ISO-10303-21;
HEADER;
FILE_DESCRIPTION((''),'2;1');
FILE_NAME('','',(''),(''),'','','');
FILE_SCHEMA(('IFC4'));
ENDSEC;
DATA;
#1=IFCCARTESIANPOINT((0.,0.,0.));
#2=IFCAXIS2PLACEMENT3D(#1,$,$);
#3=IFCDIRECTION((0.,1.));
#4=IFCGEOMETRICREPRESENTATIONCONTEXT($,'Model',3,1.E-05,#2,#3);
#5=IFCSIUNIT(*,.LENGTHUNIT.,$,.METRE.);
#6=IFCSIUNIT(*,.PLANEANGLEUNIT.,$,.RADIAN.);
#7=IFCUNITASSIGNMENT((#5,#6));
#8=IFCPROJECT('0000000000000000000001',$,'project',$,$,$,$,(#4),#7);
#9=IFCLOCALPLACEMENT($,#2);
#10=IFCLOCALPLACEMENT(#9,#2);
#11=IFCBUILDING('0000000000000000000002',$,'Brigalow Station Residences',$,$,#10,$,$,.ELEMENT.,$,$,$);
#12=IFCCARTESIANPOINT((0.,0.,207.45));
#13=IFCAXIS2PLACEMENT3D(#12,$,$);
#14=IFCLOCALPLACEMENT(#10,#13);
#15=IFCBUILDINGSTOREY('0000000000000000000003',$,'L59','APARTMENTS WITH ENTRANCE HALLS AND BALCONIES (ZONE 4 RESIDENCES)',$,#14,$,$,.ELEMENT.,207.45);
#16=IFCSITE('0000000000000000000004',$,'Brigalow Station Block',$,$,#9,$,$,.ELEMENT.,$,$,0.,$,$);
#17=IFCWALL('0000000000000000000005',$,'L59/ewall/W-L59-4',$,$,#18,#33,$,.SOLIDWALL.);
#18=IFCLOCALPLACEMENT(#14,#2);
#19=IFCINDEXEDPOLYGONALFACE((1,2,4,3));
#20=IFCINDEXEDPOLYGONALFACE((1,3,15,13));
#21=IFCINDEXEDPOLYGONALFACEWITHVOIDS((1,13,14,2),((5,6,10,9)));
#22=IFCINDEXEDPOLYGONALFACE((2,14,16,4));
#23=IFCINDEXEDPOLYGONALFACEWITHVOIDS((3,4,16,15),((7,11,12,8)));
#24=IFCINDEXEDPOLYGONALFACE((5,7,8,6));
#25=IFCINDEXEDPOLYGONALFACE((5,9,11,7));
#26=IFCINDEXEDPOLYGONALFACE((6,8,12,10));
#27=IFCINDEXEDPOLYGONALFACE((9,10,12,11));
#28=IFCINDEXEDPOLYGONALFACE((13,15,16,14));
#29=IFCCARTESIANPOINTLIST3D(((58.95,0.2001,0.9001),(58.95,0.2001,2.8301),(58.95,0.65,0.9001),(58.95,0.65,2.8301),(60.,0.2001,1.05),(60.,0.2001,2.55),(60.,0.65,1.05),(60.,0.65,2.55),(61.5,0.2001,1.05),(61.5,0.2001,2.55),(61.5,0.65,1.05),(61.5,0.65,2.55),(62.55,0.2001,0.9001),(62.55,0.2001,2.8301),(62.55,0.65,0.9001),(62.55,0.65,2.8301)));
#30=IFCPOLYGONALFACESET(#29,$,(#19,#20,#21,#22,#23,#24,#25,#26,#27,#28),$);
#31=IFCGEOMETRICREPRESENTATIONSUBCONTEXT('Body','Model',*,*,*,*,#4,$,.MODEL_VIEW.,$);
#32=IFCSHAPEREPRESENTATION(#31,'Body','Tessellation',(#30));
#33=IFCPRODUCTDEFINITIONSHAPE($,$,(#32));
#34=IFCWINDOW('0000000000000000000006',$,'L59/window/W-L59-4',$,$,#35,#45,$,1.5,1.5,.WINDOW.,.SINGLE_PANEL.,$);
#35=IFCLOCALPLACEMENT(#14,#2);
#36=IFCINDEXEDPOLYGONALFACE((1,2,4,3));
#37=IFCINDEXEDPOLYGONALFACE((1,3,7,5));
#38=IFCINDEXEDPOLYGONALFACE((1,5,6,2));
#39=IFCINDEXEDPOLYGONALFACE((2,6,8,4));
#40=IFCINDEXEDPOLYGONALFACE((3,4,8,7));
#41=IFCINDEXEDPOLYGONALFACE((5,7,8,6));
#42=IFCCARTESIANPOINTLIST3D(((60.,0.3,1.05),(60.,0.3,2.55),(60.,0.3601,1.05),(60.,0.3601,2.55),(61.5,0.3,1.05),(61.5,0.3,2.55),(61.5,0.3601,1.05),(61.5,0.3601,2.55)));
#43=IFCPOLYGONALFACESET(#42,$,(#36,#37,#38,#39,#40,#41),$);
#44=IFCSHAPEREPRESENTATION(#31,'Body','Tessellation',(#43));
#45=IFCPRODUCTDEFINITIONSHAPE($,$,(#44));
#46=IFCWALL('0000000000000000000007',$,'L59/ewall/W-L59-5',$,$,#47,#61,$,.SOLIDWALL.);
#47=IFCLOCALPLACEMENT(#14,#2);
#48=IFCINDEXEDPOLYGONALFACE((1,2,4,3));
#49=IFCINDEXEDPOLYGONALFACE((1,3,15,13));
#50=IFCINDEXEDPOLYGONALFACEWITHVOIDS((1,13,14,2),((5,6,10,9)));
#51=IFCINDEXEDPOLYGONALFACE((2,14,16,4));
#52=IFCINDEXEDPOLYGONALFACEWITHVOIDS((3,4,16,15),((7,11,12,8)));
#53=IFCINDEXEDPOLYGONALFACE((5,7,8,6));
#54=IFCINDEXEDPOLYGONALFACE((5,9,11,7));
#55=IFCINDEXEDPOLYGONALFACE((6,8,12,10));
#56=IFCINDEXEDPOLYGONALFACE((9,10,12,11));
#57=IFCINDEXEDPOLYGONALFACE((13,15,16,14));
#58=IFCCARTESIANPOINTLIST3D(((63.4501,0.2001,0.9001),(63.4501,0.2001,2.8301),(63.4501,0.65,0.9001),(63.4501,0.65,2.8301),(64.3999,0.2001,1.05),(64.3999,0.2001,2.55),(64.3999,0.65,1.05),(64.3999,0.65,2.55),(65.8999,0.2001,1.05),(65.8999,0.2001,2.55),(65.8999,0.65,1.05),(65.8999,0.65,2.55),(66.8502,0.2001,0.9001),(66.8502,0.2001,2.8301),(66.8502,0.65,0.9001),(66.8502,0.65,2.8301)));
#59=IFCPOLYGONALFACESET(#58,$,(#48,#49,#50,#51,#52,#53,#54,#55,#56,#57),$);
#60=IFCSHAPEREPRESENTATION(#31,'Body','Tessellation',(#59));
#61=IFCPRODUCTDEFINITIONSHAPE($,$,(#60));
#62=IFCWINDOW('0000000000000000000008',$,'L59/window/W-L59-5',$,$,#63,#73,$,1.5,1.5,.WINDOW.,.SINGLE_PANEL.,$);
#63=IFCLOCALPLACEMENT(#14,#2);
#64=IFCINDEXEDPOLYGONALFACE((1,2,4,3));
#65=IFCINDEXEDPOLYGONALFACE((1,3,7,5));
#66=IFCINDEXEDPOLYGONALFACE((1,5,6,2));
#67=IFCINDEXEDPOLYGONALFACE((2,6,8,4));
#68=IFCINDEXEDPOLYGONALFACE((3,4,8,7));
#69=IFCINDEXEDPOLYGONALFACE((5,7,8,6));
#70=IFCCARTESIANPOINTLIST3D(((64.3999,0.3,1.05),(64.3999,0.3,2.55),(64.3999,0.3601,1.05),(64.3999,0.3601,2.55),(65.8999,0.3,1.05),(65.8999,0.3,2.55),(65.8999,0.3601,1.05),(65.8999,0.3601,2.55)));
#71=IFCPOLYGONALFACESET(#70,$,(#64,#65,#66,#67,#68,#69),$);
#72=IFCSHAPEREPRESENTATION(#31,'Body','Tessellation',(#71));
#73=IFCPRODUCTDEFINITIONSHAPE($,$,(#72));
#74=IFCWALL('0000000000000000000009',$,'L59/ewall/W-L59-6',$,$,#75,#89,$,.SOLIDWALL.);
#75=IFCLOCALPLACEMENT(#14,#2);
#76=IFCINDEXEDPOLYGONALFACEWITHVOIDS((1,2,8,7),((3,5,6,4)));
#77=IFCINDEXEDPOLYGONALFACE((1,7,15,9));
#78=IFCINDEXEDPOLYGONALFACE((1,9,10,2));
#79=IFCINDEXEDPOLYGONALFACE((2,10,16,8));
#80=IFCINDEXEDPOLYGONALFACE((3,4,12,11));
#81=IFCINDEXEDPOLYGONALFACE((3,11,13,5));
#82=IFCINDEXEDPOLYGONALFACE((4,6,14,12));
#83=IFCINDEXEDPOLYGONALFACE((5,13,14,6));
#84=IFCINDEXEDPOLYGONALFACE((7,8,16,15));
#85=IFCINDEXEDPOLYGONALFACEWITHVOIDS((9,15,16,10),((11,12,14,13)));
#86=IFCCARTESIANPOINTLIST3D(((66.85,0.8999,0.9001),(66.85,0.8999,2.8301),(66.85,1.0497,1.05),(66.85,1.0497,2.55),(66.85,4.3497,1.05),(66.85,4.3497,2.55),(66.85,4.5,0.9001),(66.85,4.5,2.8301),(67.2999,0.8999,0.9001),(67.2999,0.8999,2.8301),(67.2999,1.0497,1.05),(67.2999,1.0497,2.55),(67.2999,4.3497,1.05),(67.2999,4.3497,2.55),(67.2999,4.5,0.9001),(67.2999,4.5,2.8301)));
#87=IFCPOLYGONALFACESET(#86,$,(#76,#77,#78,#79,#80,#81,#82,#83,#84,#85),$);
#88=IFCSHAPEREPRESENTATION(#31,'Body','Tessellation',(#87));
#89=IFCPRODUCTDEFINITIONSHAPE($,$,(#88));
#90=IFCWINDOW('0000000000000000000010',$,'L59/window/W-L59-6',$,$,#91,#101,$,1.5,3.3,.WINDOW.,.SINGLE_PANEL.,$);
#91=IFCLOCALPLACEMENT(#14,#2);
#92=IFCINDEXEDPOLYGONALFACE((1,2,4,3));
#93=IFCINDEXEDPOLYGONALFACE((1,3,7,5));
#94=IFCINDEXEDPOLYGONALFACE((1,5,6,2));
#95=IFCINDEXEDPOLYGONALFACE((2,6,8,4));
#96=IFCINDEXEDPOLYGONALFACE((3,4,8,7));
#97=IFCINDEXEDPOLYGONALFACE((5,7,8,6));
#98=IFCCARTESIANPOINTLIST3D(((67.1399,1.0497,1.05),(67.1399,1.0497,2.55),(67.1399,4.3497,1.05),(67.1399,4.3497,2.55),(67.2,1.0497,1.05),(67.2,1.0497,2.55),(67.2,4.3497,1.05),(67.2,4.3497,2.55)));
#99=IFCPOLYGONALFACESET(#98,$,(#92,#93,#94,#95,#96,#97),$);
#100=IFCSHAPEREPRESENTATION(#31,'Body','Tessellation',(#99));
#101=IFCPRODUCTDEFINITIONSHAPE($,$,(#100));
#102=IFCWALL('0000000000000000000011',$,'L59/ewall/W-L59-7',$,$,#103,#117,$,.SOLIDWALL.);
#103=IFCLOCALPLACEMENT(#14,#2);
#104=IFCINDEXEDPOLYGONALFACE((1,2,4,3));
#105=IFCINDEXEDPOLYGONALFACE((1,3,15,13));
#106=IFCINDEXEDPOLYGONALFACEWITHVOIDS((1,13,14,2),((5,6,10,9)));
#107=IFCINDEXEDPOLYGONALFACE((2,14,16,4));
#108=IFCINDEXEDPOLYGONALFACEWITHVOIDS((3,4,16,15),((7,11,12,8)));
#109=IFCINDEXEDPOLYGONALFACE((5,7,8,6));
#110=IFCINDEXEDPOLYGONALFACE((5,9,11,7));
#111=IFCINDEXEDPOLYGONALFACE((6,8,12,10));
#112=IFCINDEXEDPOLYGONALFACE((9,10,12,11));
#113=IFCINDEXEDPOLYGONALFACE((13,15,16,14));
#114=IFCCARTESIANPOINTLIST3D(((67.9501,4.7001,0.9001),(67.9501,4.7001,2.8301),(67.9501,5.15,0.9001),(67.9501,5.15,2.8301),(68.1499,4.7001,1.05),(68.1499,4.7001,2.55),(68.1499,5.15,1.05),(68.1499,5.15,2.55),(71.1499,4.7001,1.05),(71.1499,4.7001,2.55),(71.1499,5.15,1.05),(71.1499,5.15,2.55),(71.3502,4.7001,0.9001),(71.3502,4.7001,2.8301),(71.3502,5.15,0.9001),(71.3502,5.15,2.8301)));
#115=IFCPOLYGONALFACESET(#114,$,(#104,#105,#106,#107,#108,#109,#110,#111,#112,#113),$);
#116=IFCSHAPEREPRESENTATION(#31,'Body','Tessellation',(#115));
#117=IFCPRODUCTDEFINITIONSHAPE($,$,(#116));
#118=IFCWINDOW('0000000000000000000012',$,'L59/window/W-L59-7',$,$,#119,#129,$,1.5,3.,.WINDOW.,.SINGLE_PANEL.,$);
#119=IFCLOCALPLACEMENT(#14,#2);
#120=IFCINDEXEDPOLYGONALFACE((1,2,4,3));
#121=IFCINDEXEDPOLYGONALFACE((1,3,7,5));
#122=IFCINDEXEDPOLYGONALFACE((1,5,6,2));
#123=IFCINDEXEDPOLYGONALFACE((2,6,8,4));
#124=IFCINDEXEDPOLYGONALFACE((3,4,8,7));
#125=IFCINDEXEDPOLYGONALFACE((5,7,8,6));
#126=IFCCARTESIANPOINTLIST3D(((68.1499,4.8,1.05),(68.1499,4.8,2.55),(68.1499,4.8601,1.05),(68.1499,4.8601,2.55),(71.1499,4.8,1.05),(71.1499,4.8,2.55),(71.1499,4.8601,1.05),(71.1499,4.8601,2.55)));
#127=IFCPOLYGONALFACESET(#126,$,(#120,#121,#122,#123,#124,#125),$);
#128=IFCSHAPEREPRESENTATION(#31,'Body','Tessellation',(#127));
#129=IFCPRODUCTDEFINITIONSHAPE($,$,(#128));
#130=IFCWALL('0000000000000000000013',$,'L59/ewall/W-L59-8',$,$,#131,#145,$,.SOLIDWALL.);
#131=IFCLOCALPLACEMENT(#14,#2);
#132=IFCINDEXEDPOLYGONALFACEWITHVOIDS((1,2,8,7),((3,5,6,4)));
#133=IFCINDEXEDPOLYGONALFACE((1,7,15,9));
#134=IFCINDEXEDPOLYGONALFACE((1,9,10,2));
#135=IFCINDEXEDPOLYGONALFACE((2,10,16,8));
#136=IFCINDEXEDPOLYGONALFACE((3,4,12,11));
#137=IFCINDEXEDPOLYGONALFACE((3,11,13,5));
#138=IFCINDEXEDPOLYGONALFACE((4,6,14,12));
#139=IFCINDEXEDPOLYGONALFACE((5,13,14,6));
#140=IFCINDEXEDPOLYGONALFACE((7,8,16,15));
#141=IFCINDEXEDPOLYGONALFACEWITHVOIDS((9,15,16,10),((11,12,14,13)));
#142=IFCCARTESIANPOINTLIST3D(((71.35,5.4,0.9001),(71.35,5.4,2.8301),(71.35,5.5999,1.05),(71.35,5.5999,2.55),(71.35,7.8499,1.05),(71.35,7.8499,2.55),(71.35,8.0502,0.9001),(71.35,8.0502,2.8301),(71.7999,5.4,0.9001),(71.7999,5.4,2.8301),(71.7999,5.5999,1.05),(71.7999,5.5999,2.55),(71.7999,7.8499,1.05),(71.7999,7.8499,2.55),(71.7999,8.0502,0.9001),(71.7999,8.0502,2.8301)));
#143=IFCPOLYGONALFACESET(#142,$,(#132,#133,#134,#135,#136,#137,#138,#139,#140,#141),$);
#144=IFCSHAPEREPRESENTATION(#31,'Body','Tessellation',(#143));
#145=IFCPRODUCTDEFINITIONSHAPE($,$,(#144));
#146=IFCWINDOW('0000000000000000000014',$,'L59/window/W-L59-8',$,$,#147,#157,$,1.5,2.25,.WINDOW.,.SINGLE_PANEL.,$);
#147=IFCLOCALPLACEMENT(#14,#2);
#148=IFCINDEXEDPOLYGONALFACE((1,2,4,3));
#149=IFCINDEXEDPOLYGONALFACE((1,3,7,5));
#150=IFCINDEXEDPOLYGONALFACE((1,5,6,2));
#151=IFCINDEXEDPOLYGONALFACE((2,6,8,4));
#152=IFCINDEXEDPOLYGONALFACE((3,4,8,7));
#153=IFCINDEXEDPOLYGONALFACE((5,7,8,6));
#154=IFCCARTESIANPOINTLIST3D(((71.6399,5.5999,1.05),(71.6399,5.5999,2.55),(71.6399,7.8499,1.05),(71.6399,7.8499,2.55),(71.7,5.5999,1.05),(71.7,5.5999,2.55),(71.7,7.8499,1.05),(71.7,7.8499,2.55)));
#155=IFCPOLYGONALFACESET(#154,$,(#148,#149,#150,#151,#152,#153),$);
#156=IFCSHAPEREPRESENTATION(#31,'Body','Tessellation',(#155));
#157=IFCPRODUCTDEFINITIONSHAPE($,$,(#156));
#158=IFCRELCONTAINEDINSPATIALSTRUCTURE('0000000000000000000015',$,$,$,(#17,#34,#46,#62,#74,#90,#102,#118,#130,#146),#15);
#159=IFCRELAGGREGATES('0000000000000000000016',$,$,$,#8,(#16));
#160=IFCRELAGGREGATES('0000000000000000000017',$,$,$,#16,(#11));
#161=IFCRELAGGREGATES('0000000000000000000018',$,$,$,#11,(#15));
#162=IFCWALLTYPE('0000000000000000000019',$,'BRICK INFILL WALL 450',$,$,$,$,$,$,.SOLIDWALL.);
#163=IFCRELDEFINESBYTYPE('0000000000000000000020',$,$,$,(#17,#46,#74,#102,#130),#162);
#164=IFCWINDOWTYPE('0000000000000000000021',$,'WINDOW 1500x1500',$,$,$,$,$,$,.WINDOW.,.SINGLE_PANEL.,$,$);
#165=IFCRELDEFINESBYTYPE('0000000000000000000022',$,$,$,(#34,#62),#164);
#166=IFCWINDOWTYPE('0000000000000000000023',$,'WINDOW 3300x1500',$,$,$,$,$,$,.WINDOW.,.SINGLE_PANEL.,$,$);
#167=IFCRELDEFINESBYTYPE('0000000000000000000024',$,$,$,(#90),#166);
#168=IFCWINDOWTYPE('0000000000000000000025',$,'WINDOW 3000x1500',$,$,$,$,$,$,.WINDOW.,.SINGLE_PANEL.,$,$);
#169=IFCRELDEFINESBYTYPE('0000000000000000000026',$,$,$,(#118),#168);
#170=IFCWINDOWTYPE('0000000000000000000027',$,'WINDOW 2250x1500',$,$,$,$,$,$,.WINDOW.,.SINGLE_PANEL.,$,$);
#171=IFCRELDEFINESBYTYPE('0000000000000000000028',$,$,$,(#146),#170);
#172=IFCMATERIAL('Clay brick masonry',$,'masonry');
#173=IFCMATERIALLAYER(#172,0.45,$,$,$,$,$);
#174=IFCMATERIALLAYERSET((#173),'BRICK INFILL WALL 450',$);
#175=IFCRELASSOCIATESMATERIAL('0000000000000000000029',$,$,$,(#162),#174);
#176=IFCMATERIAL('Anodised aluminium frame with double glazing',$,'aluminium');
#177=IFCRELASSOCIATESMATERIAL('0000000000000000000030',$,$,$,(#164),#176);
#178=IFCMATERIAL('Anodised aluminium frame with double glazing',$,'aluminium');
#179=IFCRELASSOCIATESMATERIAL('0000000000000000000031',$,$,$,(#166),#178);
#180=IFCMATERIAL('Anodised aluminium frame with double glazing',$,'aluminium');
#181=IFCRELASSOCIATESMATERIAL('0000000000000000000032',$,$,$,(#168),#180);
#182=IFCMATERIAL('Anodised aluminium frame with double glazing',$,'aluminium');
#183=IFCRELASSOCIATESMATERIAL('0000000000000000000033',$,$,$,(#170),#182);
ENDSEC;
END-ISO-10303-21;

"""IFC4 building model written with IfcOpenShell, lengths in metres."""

from ifc_helpers import new_model, si_unit, direction, frame, frame_2d, origin, place, context, subcontext, project, spatial, rectangle, extrude, material, layer, layer_set, type_object, element, fill, save


model = new_model("IFC4")

# Units and contexts
model_context = context("Model", 3, precision=1e-05, world=origin(), true_north=direction((0.0, 1.0)))
body_context = subcontext(model_context, "Body", "Model", "MODEL_VIEW")
ifc_project = project(units=[si_unit("LENGTHUNIT", "METRE"), si_unit("PLANEANGLEUNIT", "RADIAN")], contexts=[model_context])

# Site, building, storey
site_placement = place(None, origin())
site = spatial("IfcSite", under=ifc_project, at=site_placement, Name="Brigalow Station Block", CompositionType="ELEMENT", RefElevation=0.0)
building_placement = place(site_placement, origin())
building = spatial("IfcBuilding", under=site, at=building_placement, Name="Brigalow Station Residences", CompositionType="ELEMENT")
storey_placement = place(building_placement, frame((0.0, 0.0, 207.45)))
storey = spatial("IfcBuildingStorey", under=building, at=storey_placement, Name="L59", Description="APARTMENTS WITH ENTRANCE HALLS AND BALCONIES (ZONE 4 RESIDENCES)", CompositionType="ELEMENT", Elevation=207.45)

# Walls, openings, windows
ifc_material_1 = material(Name="Clay brick masonry", Category="masonry")
ifc_layer_1 = layer(ifc_material_1, 0.45)
ifc_layer_set_1 = layer_set([ifc_layer_1], Name="BRICK INFILL WALL 450")
wall_type_1 = type_object("IfcWallType", Name="BRICK INFILL WALL 450", PredefinedType="SOLIDWALL", material=ifc_layer_set_1)
ifc_material_2 = material(Name="Anodised aluminium frame with double glazing", Category="aluminium")
window_type_1 = type_object("IfcWindowType", Name="WINDOW 1500x1500", PartitioningType="SINGLE_PANEL", PredefinedType="WINDOW", material=ifc_material_2)
wall_1_placement = place(storey_placement, frame((58.95, 0.425, 0.9001), z_axis=(0.0, 0.0, 1.0), x_axis=(1.0, 0.0, 0.0)))
wall_1 = element("IfcWall", 1, at=wall_1_placement, inside=storey, type_object=wall_type_1, Name="L59/ewall/W-L59-4", PredefinedType="SOLIDWALL", context=body_context, shape_type="SweptSolid", body=[
    extrude(rectangle(XDim=3.6001, YDim=0.45, at=frame_2d((1.8, 0.0))), origin(), (0.0, 0.0, 1.0), 1.9299),
])
opening_1_placement = place(wall_1_placement, frame((1.05, 0.0, 0.1499)))
opening_1 = element("IfcOpeningElement", 2, at=opening_1_placement, cuts=wall_1, PredefinedType="OPENING", context=body_context, shape_type="SweptSolid", body=[
    extrude(rectangle(XDim=1.5, YDim=1.5, at=frame_2d((0.75, 0.75))), frame((0.0, 0.2349, 0.0), z_axis=(0.0, -1.0, 0.0), x_axis=(1.0, 0.0, 0.0)), (0.0, 0.0, 1.0), 0.47),
])
window_1_placement = place(opening_1_placement, origin())
window_1 = element("IfcWindow", 3, at=window_1_placement, inside=storey, type_object=window_type_1, Name="L59/window/W-L59-4", OverallHeight=1.5, OverallWidth=1.5, PartitioningType="SINGLE_PANEL", PredefinedType="WINDOW", context=body_context, shape_type="SweptSolid", body=[
    extrude(rectangle(XDim=1.5, YDim=1.5, at=frame_2d((0.75, 0.75))), frame((0.0, -0.0649, 0.0), z_axis=(0.0, -1.0, 0.0), x_axis=(1.0, 0.0, 0.0)), (0.0, 0.0, 1.0), 0.0601),
])
fill(opening_1, window_1)
wall_2_placement = place(storey_placement, frame((63.45, 0.425, 0.9001), z_axis=(0.0, 0.0, 1.0), x_axis=(1.0, 0.0, 0.0)))
wall_2 = element("IfcWall", 4, at=wall_2_placement, inside=storey, type_object=wall_type_1, Name="L59/ewall/W-L59-5", PredefinedType="SOLIDWALL", context=body_context, shape_type="SweptSolid", body=[
    extrude(rectangle(XDim=3.4001, YDim=0.45, at=frame_2d((1.7002, 0.0))), origin(), (0.0, 0.0, 1.0), 1.9299),
])
opening_2_placement = place(wall_2_placement, frame((0.95, 0.0, 0.1499)))
opening_2 = element("IfcOpeningElement", 5, at=opening_2_placement, cuts=wall_2, PredefinedType="OPENING", context=body_context, shape_type="SweptSolid", body=[
    extrude(rectangle(XDim=1.5, YDim=1.5, at=frame_2d((0.75, 0.75))), frame((0.0, 0.2349, 0.0), z_axis=(0.0, -1.0, 0.0), x_axis=(1.0, 0.0, 0.0)), (0.0, 0.0, 1.0), 0.47),
])
window_2_placement = place(opening_2_placement, origin())
window_2 = element("IfcWindow", 6, at=window_2_placement, inside=storey, type_object=window_type_1, Name="L59/window/W-L59-5", OverallHeight=1.5, OverallWidth=1.5, PartitioningType="SINGLE_PANEL", PredefinedType="WINDOW", context=body_context, shape_type="SweptSolid", body=[
    extrude(rectangle(XDim=1.5, YDim=1.5, at=frame_2d((0.75, 0.75))), frame((0.0, -0.0649, 0.0), z_axis=(0.0, -1.0, 0.0), x_axis=(1.0, 0.0, 0.0)), (0.0, 0.0, 1.0), 0.0601),
])
fill(opening_2, window_2)
wall_3_placement = place(storey_placement, frame((67.075, 0.8999, 0.9001), z_axis=(0.0, 0.0, 1.0), x_axis=(0.0, 1.0, 0.0)))
wall_3 = element("IfcWall", 7, at=wall_3_placement, inside=storey, type_object=wall_type_1, Name="L59/ewall/W-L59-6", PredefinedType="SOLIDWALL", context=body_context, shape_type="SweptSolid", body=[
    extrude(rectangle(XDim=3.6001, YDim=0.45, at=frame_2d((1.8, 0.0))), origin(), (0.0, 0.0, 1.0), 1.9299),
])
opening_3_placement = place(wall_3_placement, frame((0.1499, 0.0, 0.1499)))
opening_3 = element("IfcOpeningElement", 8, at=opening_3_placement, cuts=wall_3, PredefinedType="OPENING", context=body_context, shape_type="SweptSolid", body=[
    extrude(rectangle(XDim=3.3, YDim=1.5, at=frame_2d((1.6499, 0.75))), frame((0.0, 0.2349, 0.0), z_axis=(0.0, -1.0, 0.0), x_axis=(1.0, 0.0, 0.0)), (0.0, 0.0, 1.0), 0.47),
])
ifc_material_3 = material(Name="Anodised aluminium frame with double glazing", Category="aluminium")
window_type_2 = type_object("IfcWindowType", Name="WINDOW 3300x1500", PartitioningType="SINGLE_PANEL", PredefinedType="WINDOW", material=ifc_material_3)
window_3_placement = place(opening_3_placement, origin())
window_3 = element("IfcWindow", 9, at=window_3_placement, inside=storey, type_object=window_type_2, Name="L59/window/W-L59-6", OverallHeight=1.5, OverallWidth=3.3, PartitioningType="SINGLE_PANEL", PredefinedType="WINDOW", context=body_context, shape_type="SweptSolid", body=[
    extrude(rectangle(XDim=3.3, YDim=1.5, at=frame_2d((1.6499, 0.75))), frame((0.0, -0.0649, 0.0), z_axis=(0.0, -1.0, 0.0), x_axis=(1.0, 0.0, 0.0)), (0.0, 0.0, 1.0), 0.0601),
])
fill(opening_3, window_3)
wall_4_placement = place(storey_placement, frame((67.95, 4.925, 0.9001), z_axis=(0.0, 0.0, 1.0), x_axis=(1.0, 0.0, 0.0)))
wall_4 = element("IfcWall", 10, at=wall_4_placement, inside=storey, type_object=wall_type_1, Name="L59/ewall/W-L59-7", PredefinedType="SOLIDWALL", context=body_context, shape_type="SweptSolid", body=[
    extrude(rectangle(XDim=3.4001, YDim=0.45, at=frame_2d((1.7002, 0.0))), origin(), (0.0, 0.0, 1.0), 1.9299),
])
opening_4_placement = place(wall_4_placement, frame((0.2, 0.0, 0.1499)))
opening_4 = element("IfcOpeningElement", 11, at=opening_4_placement, cuts=wall_4, PredefinedType="OPENING", context=body_context, shape_type="SweptSolid", body=[
    extrude(rectangle(XDim=3.0, YDim=1.5, at=frame_2d((1.5, 0.75))), frame((0.0, 0.2349, 0.0), z_axis=(0.0, -1.0, 0.0), x_axis=(1.0, 0.0, 0.0)), (0.0, 0.0, 1.0), 0.47),
])
ifc_material_4 = material(Name="Anodised aluminium frame with double glazing", Category="aluminium")
window_type_3 = type_object("IfcWindowType", Name="WINDOW 3000x1500", PartitioningType="SINGLE_PANEL", PredefinedType="WINDOW", material=ifc_material_4)
window_4_placement = place(opening_4_placement, origin())
window_4 = element("IfcWindow", 12, at=window_4_placement, inside=storey, type_object=window_type_3, Name="L59/window/W-L59-7", OverallHeight=1.5, OverallWidth=3.0, PartitioningType="SINGLE_PANEL", PredefinedType="WINDOW", context=body_context, shape_type="SweptSolid", body=[
    extrude(rectangle(XDim=3.0, YDim=1.5, at=frame_2d((1.5, 0.75))), frame((0.0, -0.0649, 0.0), z_axis=(0.0, -1.0, 0.0), x_axis=(1.0, 0.0, 0.0)), (0.0, 0.0, 1.0), 0.0601),
])
fill(opening_4, window_4)
wall_5_placement = place(storey_placement, frame((71.575, 5.3999, 0.9001), z_axis=(0.0, 0.0, 1.0), x_axis=(0.0, 1.0, 0.0)))
wall_5 = element("IfcWall", 13, at=wall_5_placement, inside=storey, type_object=wall_type_1, Name="L59/ewall/W-L59-8", PredefinedType="SOLIDWALL", context=body_context, shape_type="SweptSolid", body=[
    extrude(rectangle(XDim=2.6501, YDim=0.45, at=frame_2d((1.3252, 0.0))), origin(), (0.0, 0.0, 1.0), 1.9299),
])
opening_5_placement = place(wall_5_placement, frame((0.2, 0.0, 0.1499)))
opening_5 = element("IfcOpeningElement", 14, at=opening_5_placement, cuts=wall_5, PredefinedType="OPENING", context=body_context, shape_type="SweptSolid", body=[
    extrude(rectangle(XDim=2.25, YDim=1.5, at=frame_2d((1.125, 0.75))), frame((0.0, 0.2349, 0.0), z_axis=(0.0, -1.0, 0.0), x_axis=(1.0, 0.0, 0.0)), (0.0, 0.0, 1.0), 0.47),
])
ifc_material_5 = material(Name="Anodised aluminium frame with double glazing", Category="aluminium")
window_type_4 = type_object("IfcWindowType", Name="WINDOW 2250x1500", PartitioningType="SINGLE_PANEL", PredefinedType="WINDOW", material=ifc_material_5)
window_5_placement = place(opening_5_placement, origin())
window_5 = element("IfcWindow", 15, at=window_5_placement, inside=storey, type_object=window_type_4, Name="L59/window/W-L59-8", OverallHeight=1.5, OverallWidth=2.25, PartitioningType="SINGLE_PANEL", PredefinedType="WINDOW", context=body_context, shape_type="SweptSolid", body=[
    extrude(rectangle(XDim=2.25, YDim=1.5, at=frame_2d((1.125, 0.75))), frame((0.0, -0.0649, 0.0), z_axis=(0.0, -1.0, 0.0), x_axis=(1.0, 0.0, 0.0)), (0.0, 0.0, 1.0), 0.0601),
])
fill(opening_5, window_5)

save(model, "model.ifc")
